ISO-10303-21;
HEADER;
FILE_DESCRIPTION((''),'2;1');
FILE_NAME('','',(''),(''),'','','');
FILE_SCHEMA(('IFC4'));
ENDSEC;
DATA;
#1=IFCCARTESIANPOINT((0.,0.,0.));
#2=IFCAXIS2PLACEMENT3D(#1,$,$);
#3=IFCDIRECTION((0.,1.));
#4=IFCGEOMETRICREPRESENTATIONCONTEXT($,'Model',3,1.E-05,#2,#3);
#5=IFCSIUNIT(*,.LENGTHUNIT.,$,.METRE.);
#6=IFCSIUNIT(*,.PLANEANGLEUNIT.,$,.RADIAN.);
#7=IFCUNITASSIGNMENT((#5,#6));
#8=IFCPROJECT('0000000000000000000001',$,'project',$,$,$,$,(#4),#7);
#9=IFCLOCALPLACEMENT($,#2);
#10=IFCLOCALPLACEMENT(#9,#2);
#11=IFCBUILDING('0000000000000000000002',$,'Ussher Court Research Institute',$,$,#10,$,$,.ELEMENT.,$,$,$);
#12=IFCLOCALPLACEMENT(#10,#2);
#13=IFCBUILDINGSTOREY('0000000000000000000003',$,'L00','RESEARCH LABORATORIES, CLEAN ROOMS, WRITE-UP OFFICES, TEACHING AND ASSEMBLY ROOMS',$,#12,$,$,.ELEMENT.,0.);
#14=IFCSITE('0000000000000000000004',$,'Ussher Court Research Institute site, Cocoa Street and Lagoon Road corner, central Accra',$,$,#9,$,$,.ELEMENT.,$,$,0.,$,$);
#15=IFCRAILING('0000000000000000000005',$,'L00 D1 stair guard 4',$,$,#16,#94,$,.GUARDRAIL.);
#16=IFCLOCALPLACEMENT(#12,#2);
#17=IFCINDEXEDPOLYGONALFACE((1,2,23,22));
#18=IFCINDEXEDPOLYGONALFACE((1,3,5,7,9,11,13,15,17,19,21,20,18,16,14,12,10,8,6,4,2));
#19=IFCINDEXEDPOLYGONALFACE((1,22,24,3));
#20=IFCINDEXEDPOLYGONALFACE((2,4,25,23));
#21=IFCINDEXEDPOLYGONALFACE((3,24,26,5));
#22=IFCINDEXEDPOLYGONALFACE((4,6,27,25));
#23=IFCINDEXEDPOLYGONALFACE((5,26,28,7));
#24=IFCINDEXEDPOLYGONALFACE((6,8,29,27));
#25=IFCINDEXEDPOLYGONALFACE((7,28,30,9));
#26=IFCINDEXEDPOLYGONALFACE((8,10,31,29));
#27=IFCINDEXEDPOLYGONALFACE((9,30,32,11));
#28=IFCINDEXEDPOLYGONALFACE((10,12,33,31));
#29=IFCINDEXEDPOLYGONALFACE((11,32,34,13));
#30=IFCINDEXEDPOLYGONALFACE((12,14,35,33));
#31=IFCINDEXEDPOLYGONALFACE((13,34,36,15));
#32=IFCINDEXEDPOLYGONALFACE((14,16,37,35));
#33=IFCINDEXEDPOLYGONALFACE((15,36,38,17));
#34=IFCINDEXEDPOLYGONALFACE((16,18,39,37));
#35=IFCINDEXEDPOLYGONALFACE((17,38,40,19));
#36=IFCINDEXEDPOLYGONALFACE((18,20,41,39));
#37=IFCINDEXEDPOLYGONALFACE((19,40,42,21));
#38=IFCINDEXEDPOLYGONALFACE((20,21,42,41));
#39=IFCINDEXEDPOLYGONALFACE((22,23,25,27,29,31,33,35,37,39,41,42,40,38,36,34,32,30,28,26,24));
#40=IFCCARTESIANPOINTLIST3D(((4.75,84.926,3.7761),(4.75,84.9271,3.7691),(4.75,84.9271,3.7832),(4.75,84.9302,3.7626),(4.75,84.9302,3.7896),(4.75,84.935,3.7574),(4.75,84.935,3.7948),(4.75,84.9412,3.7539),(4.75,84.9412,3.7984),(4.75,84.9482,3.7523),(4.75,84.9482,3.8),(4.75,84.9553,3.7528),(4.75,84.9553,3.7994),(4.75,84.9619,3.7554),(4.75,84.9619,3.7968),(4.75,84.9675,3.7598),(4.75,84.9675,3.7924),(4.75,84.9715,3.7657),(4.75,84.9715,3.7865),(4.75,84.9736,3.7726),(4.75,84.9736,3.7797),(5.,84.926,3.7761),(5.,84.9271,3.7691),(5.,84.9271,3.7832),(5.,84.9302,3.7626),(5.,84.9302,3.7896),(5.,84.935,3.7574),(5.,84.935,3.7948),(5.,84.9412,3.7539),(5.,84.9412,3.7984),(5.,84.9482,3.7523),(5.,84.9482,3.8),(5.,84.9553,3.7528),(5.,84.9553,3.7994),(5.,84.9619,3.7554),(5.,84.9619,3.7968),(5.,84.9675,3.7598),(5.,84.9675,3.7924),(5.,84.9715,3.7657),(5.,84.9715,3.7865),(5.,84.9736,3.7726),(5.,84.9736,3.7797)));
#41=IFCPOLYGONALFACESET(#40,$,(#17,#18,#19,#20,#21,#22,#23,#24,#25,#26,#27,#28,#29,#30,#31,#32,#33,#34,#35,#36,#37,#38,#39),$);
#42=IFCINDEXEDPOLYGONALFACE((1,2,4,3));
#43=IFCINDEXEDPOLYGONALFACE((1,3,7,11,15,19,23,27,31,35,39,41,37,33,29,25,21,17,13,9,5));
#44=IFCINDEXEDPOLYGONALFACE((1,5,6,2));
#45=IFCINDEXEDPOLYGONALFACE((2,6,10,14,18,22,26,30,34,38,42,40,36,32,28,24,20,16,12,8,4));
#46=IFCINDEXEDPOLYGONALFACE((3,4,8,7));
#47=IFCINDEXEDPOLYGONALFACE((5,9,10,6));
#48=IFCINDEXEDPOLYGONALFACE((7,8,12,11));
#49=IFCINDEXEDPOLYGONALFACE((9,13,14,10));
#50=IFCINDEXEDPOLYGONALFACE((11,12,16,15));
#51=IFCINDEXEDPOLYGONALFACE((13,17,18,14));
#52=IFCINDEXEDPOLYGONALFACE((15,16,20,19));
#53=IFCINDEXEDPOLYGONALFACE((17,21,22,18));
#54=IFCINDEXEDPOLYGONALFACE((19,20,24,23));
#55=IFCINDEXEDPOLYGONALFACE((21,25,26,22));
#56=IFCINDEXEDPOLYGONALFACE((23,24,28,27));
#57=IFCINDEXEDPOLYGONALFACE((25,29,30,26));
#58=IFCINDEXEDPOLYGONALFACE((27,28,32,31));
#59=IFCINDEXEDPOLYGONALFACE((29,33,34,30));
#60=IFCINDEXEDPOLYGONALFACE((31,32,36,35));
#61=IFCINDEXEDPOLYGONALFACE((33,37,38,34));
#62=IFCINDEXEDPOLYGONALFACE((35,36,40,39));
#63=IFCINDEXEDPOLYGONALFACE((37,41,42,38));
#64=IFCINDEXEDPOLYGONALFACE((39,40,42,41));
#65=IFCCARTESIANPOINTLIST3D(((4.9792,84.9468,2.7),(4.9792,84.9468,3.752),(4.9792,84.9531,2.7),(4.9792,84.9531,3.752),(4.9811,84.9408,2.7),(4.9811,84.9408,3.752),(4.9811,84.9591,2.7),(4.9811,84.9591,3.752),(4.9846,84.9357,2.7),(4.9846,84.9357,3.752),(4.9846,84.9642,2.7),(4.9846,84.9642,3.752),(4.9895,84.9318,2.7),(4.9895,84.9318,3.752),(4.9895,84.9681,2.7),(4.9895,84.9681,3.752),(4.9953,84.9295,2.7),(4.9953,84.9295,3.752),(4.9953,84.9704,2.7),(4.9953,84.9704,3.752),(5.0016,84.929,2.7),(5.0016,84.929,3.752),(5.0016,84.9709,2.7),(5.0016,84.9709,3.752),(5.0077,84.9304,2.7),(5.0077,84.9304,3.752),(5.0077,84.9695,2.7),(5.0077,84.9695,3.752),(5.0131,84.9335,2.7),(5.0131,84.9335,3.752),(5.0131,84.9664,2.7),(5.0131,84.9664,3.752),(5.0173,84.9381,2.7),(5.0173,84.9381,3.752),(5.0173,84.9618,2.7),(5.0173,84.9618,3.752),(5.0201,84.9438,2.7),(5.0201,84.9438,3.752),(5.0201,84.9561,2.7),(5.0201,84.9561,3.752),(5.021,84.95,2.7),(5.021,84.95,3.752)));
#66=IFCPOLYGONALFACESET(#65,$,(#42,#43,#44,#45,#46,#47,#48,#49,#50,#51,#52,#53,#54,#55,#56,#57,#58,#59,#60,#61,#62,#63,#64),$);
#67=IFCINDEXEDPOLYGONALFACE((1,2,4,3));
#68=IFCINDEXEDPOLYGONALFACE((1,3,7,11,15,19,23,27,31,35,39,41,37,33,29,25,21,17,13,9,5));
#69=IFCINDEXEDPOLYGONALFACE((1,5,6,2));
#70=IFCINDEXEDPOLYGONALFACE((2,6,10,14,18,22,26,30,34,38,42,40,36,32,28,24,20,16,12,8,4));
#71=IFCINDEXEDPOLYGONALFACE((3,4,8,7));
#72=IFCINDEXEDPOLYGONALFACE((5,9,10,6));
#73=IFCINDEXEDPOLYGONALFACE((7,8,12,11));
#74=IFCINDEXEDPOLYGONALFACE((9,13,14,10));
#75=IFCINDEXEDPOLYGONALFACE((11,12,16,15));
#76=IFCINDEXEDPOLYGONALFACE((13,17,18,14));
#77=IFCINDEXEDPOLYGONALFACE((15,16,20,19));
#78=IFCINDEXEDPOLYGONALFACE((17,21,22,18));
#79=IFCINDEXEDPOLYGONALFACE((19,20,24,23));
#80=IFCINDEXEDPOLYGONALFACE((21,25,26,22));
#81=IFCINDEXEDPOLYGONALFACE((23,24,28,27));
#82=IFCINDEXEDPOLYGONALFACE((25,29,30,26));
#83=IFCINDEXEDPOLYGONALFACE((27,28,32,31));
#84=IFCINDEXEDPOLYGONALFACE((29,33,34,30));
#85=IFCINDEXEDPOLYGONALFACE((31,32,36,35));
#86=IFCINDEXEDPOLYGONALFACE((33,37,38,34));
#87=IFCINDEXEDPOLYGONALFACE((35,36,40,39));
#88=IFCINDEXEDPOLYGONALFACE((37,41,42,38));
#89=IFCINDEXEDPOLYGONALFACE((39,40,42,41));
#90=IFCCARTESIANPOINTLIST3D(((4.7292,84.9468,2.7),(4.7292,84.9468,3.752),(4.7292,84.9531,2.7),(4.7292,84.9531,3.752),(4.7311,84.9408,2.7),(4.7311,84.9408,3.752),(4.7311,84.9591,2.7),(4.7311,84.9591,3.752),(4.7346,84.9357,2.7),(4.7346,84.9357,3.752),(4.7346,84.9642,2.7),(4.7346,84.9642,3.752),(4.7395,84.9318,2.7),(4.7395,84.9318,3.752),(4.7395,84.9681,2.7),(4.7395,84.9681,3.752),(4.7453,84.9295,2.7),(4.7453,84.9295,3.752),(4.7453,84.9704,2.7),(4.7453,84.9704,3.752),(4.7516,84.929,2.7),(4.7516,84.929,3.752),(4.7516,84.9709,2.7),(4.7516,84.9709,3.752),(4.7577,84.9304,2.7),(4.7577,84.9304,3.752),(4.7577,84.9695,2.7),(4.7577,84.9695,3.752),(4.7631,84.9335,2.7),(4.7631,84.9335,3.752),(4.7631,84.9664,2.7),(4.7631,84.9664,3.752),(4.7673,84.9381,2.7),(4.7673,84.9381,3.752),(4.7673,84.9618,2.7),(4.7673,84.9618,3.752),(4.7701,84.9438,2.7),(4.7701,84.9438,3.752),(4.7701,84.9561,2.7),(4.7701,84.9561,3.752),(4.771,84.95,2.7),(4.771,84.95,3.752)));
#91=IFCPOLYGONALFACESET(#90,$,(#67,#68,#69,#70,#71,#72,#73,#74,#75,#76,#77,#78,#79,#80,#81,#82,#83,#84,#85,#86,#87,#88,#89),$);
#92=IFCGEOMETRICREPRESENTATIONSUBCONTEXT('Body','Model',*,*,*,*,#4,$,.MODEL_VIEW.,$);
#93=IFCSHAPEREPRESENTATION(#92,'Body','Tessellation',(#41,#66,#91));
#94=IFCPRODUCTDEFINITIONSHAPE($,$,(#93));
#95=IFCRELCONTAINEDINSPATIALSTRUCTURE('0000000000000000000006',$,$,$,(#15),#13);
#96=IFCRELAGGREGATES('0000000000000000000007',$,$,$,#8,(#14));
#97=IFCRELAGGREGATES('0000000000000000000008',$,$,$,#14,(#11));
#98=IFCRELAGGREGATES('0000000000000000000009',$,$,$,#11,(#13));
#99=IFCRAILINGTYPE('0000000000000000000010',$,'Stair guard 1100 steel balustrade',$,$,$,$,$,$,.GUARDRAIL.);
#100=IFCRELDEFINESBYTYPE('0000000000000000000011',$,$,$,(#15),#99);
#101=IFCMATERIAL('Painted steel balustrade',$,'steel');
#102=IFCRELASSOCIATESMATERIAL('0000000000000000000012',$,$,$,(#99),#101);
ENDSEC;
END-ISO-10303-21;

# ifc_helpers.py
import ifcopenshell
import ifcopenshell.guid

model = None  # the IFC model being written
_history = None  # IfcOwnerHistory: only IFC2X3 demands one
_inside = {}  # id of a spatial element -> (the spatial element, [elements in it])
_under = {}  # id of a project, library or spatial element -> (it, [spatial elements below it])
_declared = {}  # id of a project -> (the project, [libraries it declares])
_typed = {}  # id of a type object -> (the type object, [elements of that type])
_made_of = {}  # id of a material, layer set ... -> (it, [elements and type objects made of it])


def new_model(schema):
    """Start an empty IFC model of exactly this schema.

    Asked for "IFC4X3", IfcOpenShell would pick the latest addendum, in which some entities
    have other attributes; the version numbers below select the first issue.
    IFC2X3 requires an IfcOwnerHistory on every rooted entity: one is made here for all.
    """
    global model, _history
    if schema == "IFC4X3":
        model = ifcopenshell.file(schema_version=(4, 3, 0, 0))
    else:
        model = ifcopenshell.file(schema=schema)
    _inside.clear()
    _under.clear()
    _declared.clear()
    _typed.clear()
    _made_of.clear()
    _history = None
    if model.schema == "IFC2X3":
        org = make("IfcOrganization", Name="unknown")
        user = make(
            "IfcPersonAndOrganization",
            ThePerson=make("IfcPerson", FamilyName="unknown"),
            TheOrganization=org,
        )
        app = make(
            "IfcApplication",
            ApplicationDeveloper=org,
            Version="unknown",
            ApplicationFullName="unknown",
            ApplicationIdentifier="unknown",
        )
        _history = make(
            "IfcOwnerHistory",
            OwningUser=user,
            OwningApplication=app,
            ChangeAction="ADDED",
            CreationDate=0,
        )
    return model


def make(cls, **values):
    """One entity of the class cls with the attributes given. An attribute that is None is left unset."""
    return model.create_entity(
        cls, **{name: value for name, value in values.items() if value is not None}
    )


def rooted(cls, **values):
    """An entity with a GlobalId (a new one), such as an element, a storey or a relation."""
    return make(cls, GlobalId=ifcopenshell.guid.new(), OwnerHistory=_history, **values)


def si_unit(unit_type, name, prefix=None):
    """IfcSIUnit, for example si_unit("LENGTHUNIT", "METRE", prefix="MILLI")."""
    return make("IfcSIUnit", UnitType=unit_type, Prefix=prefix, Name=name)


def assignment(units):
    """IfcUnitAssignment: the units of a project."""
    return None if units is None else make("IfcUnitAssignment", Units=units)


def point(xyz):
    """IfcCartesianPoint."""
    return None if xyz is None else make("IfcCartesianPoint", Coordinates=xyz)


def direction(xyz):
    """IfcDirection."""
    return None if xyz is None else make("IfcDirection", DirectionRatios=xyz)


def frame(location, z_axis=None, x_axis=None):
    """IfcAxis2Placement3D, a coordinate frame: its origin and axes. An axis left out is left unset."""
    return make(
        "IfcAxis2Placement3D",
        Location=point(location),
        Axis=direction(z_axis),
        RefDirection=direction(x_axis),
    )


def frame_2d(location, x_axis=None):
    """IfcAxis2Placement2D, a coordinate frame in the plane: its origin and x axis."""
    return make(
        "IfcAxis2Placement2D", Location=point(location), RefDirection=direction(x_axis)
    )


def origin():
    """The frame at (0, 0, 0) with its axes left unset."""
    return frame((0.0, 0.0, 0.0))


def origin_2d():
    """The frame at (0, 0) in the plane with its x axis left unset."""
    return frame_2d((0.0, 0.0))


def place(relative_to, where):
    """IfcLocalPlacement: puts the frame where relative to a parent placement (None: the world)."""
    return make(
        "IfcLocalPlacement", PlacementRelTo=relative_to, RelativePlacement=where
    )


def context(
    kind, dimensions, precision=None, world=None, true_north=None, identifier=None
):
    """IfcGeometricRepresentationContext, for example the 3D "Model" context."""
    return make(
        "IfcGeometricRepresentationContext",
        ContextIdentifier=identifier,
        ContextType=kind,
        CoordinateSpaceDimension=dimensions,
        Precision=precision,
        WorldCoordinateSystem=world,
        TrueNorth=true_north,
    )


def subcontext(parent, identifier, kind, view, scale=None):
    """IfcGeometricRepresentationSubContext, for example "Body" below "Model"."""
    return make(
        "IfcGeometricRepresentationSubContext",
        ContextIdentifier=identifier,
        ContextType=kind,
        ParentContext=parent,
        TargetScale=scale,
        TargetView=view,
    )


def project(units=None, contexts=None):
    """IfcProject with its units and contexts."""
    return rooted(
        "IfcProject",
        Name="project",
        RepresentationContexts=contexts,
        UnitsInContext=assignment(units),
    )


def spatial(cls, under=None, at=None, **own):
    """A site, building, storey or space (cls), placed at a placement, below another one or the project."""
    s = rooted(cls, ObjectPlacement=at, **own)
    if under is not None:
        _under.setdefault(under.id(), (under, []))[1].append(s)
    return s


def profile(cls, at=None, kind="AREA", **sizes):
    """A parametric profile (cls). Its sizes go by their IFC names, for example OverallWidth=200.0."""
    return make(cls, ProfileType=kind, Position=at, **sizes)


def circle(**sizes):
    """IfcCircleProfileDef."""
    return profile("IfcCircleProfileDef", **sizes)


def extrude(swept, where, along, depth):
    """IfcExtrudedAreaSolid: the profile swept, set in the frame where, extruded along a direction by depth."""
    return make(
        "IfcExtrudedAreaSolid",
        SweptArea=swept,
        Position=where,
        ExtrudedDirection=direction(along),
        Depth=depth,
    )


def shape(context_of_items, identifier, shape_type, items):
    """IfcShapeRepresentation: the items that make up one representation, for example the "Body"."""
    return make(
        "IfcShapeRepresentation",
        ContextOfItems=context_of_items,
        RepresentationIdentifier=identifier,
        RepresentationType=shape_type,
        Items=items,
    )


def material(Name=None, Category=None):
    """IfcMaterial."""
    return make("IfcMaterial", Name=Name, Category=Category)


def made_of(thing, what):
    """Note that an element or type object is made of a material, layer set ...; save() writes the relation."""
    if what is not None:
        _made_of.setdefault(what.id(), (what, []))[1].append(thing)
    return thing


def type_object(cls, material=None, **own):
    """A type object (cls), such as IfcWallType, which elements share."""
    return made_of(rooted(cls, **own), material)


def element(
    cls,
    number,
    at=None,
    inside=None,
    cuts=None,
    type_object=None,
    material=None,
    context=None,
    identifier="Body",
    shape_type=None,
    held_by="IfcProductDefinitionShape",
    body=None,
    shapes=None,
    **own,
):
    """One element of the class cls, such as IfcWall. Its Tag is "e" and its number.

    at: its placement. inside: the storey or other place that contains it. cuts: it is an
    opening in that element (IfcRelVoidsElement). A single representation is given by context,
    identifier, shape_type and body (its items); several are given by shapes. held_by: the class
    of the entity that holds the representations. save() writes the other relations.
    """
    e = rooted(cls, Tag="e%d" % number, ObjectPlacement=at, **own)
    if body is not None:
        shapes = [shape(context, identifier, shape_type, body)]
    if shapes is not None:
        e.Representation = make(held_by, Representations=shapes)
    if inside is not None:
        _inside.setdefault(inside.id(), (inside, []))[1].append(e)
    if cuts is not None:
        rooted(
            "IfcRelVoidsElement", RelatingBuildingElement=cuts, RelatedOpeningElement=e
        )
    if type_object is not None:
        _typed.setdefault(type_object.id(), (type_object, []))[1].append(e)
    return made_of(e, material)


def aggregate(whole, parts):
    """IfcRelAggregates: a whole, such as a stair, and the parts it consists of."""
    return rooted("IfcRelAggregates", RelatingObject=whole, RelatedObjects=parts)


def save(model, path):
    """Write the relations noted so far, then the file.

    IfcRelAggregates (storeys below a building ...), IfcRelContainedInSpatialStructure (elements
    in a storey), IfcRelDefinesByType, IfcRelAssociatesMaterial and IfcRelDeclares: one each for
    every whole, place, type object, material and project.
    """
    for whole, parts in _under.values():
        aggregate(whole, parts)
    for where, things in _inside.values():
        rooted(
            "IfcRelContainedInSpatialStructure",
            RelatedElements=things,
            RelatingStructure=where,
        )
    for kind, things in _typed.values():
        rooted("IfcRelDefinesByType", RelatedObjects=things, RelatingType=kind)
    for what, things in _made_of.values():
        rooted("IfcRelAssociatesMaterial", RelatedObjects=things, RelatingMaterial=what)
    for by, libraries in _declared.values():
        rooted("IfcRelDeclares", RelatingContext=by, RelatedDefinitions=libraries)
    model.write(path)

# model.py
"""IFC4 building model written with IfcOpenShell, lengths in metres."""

from ifc_helpers import new_model, si_unit, direction, frame, origin, origin_2d, place, context, subcontext, project, spatial, circle, extrude, material, type_object, element, save


model = new_model("IFC4")

# Units and contexts
model_context = context("Model", 3, precision=1e-05, world=origin(), true_north=direction((0.0, 1.0)))
body_context = subcontext(model_context, "Body", "Model", "MODEL_VIEW")
ifc_project = project(units=[si_unit("LENGTHUNIT", "METRE"), si_unit("PLANEANGLEUNIT", "RADIAN")], contexts=[model_context])

# Site, building, storey
site_placement = place(None, origin())
site = spatial("IfcSite", under=ifc_project, at=site_placement, Name="Ussher Court Research Institute site, Cocoa Street and Lagoon Road corner, central Accra", CompositionType="ELEMENT", RefElevation=0.0)
building_placement = place(site_placement, origin())
building = spatial("IfcBuilding", under=site, at=building_placement, Name="Ussher Court Research Institute", CompositionType="ELEMENT")
storey_placement = place(building_placement, origin())
storey = spatial("IfcBuildingStorey", under=building, at=storey_placement, Name="L00", Description="RESEARCH LABORATORIES, CLEAN ROOMS, WRITE-UP OFFICES, TEACHING AND ASSEMBLY ROOMS", CompositionType="ELEMENT", Elevation=0.0)

# Railing
ifc_material_1 = material(Name="Painted steel balustrade", Category="steel")
railing_type = type_object("IfcRailingType", Name="Stair guard 1100 steel balustrade", PredefinedType="GUARDRAIL", material=ifc_material_1)
railing_1_placement = place(storey_placement, frame((5.0, 84.95, 2.7)))
element("IfcRailing", 1, at=railing_1_placement, inside=storey, type_object=railing_type, Name="L00 D1 stair guard 4", PredefinedType="GUARDRAIL", context=body_context, shape_type="SweptSolid", body=[
    extrude(circle(Radius=0.0239, at=origin_2d()), frame((0.0, 0.0, 1.0762), z_axis=(-1.0, 0.0, 0.0), x_axis=(0.0, -1.0, 0.0)), (0.0, 0.0, 1.0), 0.25),
    extrude(circle(Radius=0.021, at=origin_2d()), origin(), (0.0, 0.0, 1.0), 1.052),
    extrude(circle(Radius=0.021, at=origin_2d()), frame((-0.25, 0.0, 0.0)), (0.0, 0.0, 1.0), 1.052),
])

save(model, "model.ifc")
